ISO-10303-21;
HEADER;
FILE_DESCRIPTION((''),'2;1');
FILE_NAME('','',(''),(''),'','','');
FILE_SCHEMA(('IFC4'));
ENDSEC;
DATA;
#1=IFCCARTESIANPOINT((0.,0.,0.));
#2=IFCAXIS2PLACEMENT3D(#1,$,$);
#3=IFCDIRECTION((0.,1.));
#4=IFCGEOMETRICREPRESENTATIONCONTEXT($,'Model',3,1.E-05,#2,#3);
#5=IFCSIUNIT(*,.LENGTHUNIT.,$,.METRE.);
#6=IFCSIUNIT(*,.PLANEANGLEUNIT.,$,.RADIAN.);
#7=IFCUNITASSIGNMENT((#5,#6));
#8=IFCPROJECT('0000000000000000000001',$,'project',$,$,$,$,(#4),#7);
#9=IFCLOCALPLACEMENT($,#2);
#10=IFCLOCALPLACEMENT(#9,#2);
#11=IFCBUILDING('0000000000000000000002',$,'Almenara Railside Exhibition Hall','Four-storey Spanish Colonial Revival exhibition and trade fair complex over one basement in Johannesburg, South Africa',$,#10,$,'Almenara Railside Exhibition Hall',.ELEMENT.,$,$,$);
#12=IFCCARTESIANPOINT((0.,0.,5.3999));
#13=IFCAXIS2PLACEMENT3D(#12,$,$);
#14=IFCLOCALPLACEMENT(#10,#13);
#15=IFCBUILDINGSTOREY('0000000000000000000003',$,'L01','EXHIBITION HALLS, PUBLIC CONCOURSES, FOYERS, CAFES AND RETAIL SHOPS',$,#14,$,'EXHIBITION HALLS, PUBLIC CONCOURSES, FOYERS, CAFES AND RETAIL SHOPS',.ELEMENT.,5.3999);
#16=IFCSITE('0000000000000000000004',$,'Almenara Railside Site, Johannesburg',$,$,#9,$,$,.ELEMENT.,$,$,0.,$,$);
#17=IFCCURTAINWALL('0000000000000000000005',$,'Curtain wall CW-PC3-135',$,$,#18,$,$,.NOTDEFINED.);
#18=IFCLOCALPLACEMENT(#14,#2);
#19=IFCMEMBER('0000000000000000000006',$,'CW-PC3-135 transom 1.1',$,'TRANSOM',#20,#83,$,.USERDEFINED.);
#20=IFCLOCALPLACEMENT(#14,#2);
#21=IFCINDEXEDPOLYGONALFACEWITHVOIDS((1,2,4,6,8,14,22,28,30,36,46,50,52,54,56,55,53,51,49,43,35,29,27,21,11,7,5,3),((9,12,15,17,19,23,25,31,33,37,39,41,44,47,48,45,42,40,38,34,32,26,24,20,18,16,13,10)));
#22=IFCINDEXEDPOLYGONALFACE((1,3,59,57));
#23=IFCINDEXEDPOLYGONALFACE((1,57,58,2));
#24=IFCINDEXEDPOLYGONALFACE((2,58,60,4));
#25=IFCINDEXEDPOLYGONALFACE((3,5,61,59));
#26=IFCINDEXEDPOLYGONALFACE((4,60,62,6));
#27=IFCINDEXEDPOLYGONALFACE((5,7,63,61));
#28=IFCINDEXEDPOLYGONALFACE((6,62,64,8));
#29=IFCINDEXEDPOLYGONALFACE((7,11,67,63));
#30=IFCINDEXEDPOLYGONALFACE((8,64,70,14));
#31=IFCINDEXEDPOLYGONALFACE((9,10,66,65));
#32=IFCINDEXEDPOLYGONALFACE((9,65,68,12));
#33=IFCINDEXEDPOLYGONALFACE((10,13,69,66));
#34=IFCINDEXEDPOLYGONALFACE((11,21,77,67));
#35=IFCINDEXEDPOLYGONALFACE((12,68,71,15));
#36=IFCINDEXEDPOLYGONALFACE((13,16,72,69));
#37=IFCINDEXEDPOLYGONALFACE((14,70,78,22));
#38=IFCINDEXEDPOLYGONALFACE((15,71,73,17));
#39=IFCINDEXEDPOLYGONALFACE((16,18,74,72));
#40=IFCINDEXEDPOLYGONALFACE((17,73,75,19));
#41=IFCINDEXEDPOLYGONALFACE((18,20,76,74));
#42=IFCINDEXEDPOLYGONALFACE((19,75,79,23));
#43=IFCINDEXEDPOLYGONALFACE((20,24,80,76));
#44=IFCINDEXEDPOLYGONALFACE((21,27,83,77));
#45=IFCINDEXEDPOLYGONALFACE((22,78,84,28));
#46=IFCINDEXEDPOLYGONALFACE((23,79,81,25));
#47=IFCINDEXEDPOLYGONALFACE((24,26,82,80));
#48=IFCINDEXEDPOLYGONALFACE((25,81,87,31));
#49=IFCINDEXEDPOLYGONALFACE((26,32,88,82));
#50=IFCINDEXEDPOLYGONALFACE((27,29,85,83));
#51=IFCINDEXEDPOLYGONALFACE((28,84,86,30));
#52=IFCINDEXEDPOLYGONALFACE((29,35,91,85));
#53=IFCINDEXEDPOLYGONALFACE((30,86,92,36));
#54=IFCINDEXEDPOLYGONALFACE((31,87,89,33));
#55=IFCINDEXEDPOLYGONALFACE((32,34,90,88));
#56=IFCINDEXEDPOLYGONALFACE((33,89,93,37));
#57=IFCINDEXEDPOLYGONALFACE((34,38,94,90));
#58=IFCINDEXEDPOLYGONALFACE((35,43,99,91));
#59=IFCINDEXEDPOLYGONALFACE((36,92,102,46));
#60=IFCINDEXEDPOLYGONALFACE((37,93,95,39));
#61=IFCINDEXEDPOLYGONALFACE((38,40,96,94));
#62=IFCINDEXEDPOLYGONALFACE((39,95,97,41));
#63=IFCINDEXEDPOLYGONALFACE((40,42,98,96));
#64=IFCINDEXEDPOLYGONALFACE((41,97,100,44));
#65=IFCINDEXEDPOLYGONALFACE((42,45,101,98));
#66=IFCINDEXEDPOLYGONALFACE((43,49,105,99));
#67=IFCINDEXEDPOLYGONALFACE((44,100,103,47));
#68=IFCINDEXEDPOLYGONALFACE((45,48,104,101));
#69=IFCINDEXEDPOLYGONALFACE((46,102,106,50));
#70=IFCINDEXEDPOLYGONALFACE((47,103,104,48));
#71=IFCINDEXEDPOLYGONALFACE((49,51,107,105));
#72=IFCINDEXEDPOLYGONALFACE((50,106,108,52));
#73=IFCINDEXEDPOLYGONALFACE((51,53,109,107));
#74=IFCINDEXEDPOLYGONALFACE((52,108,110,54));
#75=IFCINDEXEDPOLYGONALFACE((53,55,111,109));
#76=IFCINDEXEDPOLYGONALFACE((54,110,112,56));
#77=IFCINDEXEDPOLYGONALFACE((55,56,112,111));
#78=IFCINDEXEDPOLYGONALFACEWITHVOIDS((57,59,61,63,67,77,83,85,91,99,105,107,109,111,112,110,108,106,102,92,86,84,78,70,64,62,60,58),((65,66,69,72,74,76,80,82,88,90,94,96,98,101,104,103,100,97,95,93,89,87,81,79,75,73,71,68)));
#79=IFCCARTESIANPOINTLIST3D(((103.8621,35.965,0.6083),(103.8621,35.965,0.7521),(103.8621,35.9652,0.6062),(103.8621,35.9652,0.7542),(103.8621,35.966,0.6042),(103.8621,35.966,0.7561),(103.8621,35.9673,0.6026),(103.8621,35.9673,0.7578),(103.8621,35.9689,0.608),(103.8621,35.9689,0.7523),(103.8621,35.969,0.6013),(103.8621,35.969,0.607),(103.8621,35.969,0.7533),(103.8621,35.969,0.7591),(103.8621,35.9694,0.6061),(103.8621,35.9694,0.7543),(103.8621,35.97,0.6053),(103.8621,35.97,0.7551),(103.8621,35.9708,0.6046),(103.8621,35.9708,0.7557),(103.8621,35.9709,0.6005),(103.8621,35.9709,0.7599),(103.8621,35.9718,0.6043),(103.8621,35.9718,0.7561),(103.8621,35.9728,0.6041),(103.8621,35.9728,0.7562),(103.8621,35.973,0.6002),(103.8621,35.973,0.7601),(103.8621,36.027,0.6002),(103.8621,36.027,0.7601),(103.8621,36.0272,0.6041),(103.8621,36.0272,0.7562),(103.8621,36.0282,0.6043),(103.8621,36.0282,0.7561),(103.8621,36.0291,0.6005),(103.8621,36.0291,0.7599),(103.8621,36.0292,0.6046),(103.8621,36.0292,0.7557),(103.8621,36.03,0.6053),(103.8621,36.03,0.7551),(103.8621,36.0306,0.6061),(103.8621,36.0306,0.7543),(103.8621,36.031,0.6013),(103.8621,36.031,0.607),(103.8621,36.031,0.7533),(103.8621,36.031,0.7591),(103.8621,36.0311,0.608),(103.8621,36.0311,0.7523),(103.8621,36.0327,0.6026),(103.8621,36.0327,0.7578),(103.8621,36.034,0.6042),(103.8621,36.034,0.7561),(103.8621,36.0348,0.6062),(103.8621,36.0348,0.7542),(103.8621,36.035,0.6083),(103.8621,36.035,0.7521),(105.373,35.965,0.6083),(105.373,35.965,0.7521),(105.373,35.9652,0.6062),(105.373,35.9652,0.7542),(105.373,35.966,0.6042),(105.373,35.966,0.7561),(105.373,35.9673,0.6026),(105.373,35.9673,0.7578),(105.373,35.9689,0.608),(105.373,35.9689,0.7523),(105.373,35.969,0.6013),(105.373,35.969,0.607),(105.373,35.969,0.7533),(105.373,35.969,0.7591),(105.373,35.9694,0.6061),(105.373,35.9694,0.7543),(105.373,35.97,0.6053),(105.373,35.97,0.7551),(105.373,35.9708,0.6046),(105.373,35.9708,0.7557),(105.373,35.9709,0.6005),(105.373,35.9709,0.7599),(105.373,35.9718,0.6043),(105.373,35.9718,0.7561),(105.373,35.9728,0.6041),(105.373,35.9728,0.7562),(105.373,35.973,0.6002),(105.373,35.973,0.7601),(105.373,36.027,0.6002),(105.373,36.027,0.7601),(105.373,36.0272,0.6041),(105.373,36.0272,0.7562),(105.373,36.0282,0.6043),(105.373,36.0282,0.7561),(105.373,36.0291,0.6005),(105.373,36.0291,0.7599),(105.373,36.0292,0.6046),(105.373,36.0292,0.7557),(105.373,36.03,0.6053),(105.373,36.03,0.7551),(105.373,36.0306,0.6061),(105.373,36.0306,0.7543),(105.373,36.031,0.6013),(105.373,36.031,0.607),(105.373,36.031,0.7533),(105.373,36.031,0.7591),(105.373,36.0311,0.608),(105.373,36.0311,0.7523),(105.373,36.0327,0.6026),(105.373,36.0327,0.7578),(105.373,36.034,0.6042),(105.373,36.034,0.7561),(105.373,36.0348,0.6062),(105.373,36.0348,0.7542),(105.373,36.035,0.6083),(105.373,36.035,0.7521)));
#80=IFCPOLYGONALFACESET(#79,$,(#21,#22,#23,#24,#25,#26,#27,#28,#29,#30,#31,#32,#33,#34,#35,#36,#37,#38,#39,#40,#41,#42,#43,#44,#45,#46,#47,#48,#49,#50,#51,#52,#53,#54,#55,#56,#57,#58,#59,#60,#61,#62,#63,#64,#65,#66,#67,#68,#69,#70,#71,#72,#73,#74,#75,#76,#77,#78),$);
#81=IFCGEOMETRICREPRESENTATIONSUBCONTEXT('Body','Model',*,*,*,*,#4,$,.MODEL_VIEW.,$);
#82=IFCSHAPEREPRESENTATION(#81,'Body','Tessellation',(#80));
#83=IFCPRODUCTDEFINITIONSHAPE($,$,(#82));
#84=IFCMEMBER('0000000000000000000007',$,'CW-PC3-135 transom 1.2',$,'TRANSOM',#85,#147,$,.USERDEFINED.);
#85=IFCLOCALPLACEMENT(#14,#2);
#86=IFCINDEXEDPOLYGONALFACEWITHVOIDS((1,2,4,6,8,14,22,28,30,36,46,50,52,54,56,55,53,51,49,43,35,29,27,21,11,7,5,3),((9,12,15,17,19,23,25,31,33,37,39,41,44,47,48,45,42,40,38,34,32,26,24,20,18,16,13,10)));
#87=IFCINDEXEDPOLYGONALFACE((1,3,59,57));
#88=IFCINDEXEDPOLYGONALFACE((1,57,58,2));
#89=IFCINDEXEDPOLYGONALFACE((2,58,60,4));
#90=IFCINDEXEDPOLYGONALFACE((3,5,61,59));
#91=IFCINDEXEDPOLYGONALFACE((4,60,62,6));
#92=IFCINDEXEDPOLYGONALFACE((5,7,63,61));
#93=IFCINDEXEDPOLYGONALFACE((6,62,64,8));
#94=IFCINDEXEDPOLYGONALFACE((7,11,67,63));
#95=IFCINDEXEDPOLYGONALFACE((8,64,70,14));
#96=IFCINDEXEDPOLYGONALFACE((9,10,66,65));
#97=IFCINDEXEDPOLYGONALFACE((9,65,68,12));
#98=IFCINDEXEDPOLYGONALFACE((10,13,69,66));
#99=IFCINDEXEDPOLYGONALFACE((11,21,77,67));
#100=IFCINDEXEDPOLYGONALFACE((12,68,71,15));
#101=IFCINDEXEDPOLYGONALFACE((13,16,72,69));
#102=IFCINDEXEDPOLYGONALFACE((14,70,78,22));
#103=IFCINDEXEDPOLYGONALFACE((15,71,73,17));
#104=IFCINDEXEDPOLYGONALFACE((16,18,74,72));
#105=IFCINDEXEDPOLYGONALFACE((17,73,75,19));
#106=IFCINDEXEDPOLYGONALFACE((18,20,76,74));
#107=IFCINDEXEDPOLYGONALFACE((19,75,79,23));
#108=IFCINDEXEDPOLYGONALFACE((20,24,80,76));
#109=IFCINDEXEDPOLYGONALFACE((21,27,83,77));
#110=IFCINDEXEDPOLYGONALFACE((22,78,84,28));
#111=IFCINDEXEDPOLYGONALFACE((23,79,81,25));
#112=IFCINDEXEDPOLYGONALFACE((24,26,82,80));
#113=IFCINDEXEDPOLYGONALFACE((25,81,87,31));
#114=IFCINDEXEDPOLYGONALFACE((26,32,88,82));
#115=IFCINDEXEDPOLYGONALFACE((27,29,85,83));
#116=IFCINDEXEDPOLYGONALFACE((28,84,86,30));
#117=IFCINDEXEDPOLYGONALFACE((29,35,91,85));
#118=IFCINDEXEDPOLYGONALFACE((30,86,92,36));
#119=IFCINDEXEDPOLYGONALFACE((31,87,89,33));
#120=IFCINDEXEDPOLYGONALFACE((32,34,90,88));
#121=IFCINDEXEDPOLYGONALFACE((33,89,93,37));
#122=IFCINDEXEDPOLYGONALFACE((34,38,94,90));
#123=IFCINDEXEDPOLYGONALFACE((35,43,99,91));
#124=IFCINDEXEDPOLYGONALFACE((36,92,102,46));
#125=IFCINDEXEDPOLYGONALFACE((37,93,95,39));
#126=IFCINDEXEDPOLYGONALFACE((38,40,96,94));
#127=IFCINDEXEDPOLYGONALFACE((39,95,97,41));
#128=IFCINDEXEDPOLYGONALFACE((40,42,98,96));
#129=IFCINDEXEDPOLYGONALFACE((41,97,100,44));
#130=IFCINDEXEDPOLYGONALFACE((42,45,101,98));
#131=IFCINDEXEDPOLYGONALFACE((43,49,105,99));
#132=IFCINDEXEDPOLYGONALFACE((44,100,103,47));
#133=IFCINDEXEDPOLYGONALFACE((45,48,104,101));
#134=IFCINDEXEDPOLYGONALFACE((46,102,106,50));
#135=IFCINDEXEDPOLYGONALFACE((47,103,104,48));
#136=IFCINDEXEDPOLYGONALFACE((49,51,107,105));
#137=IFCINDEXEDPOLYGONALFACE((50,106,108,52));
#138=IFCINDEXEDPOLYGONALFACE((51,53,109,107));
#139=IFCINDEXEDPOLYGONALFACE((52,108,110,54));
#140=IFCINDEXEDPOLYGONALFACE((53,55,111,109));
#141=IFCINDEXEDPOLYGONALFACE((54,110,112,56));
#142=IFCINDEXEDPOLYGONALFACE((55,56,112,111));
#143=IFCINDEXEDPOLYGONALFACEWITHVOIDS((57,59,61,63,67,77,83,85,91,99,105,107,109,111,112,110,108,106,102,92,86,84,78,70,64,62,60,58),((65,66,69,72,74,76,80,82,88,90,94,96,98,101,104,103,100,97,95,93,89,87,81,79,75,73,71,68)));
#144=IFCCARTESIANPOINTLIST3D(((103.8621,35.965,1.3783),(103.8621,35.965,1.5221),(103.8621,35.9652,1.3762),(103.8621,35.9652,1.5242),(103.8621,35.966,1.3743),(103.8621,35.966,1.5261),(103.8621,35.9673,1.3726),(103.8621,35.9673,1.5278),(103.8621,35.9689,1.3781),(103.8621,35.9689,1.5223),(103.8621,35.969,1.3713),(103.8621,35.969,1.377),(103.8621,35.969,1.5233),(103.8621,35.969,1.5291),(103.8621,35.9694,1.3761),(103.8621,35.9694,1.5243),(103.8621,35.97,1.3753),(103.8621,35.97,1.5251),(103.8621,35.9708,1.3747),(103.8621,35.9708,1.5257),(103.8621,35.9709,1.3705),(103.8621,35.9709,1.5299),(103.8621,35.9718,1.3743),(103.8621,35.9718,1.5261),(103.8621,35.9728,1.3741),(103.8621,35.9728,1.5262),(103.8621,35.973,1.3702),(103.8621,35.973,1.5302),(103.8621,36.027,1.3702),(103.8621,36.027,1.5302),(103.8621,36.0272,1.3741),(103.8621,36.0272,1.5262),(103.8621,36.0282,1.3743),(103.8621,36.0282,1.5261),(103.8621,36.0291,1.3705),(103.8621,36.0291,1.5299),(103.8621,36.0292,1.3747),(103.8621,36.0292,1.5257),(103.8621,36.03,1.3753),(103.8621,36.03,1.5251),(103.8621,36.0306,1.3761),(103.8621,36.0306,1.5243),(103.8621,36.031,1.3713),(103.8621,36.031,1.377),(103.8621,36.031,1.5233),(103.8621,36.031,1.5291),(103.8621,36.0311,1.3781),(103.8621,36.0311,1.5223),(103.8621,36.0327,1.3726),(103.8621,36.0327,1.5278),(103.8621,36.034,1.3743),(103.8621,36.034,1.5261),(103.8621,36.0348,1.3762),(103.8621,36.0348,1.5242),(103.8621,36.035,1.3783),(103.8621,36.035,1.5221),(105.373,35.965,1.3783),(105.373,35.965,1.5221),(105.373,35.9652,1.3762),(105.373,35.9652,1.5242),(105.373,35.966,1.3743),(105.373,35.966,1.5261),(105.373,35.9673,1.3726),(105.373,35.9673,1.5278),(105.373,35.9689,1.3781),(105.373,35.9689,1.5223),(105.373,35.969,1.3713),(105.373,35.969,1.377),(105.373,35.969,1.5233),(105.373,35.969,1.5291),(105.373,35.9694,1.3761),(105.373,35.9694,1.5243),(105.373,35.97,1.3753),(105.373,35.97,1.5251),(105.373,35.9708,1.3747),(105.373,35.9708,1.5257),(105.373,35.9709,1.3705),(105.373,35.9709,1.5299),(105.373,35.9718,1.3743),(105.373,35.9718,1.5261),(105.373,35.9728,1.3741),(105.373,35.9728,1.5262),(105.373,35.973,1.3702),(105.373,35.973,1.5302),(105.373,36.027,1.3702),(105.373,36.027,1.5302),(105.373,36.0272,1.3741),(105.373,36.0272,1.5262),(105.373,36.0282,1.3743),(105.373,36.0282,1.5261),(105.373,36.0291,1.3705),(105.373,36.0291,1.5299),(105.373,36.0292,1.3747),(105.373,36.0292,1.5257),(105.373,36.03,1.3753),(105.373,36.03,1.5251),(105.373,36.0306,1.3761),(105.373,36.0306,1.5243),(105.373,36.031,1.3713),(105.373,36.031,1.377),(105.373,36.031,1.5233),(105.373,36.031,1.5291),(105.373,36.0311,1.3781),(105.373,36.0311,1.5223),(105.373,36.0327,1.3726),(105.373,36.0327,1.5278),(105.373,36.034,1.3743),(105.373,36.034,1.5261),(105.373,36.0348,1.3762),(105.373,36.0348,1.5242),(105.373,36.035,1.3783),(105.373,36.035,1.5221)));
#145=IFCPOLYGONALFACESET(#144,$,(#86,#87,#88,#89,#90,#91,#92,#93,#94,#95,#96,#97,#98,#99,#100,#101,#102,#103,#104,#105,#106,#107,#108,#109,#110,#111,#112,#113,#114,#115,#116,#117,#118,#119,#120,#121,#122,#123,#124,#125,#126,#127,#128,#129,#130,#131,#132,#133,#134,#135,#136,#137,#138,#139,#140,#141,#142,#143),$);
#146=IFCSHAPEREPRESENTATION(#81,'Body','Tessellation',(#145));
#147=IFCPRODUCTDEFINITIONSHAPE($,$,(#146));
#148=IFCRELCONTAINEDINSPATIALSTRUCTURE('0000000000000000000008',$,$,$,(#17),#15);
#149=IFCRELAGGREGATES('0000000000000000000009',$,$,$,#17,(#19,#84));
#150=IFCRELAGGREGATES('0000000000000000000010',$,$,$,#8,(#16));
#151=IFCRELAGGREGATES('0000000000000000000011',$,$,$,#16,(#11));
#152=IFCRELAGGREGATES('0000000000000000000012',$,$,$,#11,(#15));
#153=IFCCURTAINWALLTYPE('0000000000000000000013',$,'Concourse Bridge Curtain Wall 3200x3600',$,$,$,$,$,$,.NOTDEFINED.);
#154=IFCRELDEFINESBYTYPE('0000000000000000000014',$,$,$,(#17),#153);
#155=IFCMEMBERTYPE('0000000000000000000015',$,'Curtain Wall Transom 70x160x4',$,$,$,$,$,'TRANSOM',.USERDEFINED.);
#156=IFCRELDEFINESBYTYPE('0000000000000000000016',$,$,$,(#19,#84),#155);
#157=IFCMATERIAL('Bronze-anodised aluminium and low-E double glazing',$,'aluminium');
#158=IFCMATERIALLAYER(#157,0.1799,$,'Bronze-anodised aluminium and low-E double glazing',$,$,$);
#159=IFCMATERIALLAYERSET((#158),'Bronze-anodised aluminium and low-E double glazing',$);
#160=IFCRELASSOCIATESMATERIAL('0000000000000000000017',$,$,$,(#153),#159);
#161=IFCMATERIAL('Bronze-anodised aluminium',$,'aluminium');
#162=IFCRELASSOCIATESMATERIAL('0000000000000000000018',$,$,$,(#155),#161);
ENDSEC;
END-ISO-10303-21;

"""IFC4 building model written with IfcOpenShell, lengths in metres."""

from ifc_helpers import new_model, si_unit, direction, frame, origin, origin_2d, place, context, subcontext, project, spatial, hollow_rectangle, extrude, material, layer, layer_set, material_profile, profile_set, type_object, element, aggregate, save


model = new_model("IFC4")

# Units and contexts
model_context = context("Model", 3, precision=1e-05, world=origin(), true_north=direction((0.0, 1.0)))
body_context = subcontext(model_context, "Body", "Model", "MODEL_VIEW")
ifc_project = project(units=[si_unit("LENGTHUNIT", "METRE"), si_unit("PLANEANGLEUNIT", "RADIAN")], contexts=[model_context])

# Site, building, storey
site_placement = place(None, origin())
site = spatial("IfcSite", under=ifc_project, at=site_placement, Name="Almenara Railside Site, Johannesburg", CompositionType="ELEMENT", RefElevation=0.0)
building_placement = place(site_placement, origin())
building = spatial("IfcBuilding", under=site, at=building_placement, Name="Almenara Railside Exhibition Hall", Description="Four-storey Spanish Colonial Revival exhibition and trade fair complex over one basement in Johannesburg, South Africa", LongName="Almenara Railside Exhibition Hall", CompositionType="ELEMENT")
storey_placement = place(building_placement, frame((0.0, 0.0, 5.3999)))
storey = spatial("IfcBuildingStorey", under=building, at=storey_placement, Name="L01", Description="EXHIBITION HALLS, PUBLIC CONCOURSES, FOYERS, CAFES AND RETAIL SHOPS", LongName="EXHIBITION HALLS, PUBLIC CONCOURSES, FOYERS, CAFES AND RETAIL SHOPS", CompositionType="ELEMENT", Elevation=5.3999)

# Shared definitions
ifc_material_1 = material(Name="Bronze-anodised aluminium and low-E double glazing", Category="aluminium")
ifc_layer_1 = layer(ifc_material_1, 0.1799, Name="Bronze-anodised aluminium and low-E double glazing")
ifc_layer_set_1 = layer_set([ifc_layer_1], Name="Bronze-anodised aluminium and low-E double glazing")
curtain_wall_type = type_object("IfcCurtainWallType", Name="Concourse Bridge Curtain Wall 3200x3600", PredefinedType="NOTDEFINED", material=ifc_layer_set_1)
ifc_material_2 = material(Name="Bronze-anodised aluminium", Category="aluminium")

# Curtain wall, members
curtain_wall_1_placement = place(storey_placement, origin())
curtain_wall_1 = element("IfcCurtainWall", 1, at=curtain_wall_1_placement, inside=storey, type_object=curtain_wall_type, Name="Curtain wall CW-PC3-135", PredefinedType="NOTDEFINED")
ifc_material_profile_1 = material_profile(ifc_material_2, hollow_rectangle(XDim=0.0701, YDim=0.1599, WallThickness=0.0039, InnerFilletRadius=0.0039, OuterFilletRadius=0.0081, at=origin_2d()), Name="ALU-TRN 70x160x4")
ifc_profile_set_1 = profile_set([ifc_material_profile_1], Name="Bronze-anodised aluminium")
member_type_1 = type_object("IfcMemberType", Name="Curtain Wall Transom 70x160x4", ElementType="TRANSOM", PredefinedType="USERDEFINED", material=ifc_profile_set_1)
member_1_placement = place(storey_placement, frame((103.8621, 36.0, 0.6802), z_axis=(1.0, 0.0, 0.0), x_axis=(0.0, 1.0, 0.0)))
member_1 = element("IfcMember", 2, at=member_1_placement, type_object=member_type_1, Name="CW-PC3-135 transom 1.1", ObjectType="TRANSOM", PredefinedType="USERDEFINED", context=body_context, shape_type="SweptSolid", body=[
    extrude(hollow_rectangle(XDim=0.0701, YDim=0.1599, WallThickness=0.0039, InnerFilletRadius=0.0039, OuterFilletRadius=0.0081, at=origin_2d()), origin(), (0.0, 0.0, 1.0), 1.511),
])
member_2_placement = place(storey_placement, frame((103.8621, 36.0, 1.4502), z_axis=(1.0, 0.0, 0.0), x_axis=(0.0, 1.0, 0.0)))
member_2 = element("IfcMember", 3, at=member_2_placement, type_object=member_type_1, Name="CW-PC3-135 transom 1.2", ObjectType="TRANSOM", PredefinedType="USERDEFINED", context=body_context, shape_type="SweptSolid", body=[
    extrude(hollow_rectangle(XDim=0.0701, YDim=0.1599, WallThickness=0.0039, InnerFilletRadius=0.0039, OuterFilletRadius=0.0081, at=origin_2d()), origin(), (0.0, 0.0, 1.0), 1.511),
])

aggregate(curtain_wall_1, [member_1, member_2])

save(model, "model.ifc")
